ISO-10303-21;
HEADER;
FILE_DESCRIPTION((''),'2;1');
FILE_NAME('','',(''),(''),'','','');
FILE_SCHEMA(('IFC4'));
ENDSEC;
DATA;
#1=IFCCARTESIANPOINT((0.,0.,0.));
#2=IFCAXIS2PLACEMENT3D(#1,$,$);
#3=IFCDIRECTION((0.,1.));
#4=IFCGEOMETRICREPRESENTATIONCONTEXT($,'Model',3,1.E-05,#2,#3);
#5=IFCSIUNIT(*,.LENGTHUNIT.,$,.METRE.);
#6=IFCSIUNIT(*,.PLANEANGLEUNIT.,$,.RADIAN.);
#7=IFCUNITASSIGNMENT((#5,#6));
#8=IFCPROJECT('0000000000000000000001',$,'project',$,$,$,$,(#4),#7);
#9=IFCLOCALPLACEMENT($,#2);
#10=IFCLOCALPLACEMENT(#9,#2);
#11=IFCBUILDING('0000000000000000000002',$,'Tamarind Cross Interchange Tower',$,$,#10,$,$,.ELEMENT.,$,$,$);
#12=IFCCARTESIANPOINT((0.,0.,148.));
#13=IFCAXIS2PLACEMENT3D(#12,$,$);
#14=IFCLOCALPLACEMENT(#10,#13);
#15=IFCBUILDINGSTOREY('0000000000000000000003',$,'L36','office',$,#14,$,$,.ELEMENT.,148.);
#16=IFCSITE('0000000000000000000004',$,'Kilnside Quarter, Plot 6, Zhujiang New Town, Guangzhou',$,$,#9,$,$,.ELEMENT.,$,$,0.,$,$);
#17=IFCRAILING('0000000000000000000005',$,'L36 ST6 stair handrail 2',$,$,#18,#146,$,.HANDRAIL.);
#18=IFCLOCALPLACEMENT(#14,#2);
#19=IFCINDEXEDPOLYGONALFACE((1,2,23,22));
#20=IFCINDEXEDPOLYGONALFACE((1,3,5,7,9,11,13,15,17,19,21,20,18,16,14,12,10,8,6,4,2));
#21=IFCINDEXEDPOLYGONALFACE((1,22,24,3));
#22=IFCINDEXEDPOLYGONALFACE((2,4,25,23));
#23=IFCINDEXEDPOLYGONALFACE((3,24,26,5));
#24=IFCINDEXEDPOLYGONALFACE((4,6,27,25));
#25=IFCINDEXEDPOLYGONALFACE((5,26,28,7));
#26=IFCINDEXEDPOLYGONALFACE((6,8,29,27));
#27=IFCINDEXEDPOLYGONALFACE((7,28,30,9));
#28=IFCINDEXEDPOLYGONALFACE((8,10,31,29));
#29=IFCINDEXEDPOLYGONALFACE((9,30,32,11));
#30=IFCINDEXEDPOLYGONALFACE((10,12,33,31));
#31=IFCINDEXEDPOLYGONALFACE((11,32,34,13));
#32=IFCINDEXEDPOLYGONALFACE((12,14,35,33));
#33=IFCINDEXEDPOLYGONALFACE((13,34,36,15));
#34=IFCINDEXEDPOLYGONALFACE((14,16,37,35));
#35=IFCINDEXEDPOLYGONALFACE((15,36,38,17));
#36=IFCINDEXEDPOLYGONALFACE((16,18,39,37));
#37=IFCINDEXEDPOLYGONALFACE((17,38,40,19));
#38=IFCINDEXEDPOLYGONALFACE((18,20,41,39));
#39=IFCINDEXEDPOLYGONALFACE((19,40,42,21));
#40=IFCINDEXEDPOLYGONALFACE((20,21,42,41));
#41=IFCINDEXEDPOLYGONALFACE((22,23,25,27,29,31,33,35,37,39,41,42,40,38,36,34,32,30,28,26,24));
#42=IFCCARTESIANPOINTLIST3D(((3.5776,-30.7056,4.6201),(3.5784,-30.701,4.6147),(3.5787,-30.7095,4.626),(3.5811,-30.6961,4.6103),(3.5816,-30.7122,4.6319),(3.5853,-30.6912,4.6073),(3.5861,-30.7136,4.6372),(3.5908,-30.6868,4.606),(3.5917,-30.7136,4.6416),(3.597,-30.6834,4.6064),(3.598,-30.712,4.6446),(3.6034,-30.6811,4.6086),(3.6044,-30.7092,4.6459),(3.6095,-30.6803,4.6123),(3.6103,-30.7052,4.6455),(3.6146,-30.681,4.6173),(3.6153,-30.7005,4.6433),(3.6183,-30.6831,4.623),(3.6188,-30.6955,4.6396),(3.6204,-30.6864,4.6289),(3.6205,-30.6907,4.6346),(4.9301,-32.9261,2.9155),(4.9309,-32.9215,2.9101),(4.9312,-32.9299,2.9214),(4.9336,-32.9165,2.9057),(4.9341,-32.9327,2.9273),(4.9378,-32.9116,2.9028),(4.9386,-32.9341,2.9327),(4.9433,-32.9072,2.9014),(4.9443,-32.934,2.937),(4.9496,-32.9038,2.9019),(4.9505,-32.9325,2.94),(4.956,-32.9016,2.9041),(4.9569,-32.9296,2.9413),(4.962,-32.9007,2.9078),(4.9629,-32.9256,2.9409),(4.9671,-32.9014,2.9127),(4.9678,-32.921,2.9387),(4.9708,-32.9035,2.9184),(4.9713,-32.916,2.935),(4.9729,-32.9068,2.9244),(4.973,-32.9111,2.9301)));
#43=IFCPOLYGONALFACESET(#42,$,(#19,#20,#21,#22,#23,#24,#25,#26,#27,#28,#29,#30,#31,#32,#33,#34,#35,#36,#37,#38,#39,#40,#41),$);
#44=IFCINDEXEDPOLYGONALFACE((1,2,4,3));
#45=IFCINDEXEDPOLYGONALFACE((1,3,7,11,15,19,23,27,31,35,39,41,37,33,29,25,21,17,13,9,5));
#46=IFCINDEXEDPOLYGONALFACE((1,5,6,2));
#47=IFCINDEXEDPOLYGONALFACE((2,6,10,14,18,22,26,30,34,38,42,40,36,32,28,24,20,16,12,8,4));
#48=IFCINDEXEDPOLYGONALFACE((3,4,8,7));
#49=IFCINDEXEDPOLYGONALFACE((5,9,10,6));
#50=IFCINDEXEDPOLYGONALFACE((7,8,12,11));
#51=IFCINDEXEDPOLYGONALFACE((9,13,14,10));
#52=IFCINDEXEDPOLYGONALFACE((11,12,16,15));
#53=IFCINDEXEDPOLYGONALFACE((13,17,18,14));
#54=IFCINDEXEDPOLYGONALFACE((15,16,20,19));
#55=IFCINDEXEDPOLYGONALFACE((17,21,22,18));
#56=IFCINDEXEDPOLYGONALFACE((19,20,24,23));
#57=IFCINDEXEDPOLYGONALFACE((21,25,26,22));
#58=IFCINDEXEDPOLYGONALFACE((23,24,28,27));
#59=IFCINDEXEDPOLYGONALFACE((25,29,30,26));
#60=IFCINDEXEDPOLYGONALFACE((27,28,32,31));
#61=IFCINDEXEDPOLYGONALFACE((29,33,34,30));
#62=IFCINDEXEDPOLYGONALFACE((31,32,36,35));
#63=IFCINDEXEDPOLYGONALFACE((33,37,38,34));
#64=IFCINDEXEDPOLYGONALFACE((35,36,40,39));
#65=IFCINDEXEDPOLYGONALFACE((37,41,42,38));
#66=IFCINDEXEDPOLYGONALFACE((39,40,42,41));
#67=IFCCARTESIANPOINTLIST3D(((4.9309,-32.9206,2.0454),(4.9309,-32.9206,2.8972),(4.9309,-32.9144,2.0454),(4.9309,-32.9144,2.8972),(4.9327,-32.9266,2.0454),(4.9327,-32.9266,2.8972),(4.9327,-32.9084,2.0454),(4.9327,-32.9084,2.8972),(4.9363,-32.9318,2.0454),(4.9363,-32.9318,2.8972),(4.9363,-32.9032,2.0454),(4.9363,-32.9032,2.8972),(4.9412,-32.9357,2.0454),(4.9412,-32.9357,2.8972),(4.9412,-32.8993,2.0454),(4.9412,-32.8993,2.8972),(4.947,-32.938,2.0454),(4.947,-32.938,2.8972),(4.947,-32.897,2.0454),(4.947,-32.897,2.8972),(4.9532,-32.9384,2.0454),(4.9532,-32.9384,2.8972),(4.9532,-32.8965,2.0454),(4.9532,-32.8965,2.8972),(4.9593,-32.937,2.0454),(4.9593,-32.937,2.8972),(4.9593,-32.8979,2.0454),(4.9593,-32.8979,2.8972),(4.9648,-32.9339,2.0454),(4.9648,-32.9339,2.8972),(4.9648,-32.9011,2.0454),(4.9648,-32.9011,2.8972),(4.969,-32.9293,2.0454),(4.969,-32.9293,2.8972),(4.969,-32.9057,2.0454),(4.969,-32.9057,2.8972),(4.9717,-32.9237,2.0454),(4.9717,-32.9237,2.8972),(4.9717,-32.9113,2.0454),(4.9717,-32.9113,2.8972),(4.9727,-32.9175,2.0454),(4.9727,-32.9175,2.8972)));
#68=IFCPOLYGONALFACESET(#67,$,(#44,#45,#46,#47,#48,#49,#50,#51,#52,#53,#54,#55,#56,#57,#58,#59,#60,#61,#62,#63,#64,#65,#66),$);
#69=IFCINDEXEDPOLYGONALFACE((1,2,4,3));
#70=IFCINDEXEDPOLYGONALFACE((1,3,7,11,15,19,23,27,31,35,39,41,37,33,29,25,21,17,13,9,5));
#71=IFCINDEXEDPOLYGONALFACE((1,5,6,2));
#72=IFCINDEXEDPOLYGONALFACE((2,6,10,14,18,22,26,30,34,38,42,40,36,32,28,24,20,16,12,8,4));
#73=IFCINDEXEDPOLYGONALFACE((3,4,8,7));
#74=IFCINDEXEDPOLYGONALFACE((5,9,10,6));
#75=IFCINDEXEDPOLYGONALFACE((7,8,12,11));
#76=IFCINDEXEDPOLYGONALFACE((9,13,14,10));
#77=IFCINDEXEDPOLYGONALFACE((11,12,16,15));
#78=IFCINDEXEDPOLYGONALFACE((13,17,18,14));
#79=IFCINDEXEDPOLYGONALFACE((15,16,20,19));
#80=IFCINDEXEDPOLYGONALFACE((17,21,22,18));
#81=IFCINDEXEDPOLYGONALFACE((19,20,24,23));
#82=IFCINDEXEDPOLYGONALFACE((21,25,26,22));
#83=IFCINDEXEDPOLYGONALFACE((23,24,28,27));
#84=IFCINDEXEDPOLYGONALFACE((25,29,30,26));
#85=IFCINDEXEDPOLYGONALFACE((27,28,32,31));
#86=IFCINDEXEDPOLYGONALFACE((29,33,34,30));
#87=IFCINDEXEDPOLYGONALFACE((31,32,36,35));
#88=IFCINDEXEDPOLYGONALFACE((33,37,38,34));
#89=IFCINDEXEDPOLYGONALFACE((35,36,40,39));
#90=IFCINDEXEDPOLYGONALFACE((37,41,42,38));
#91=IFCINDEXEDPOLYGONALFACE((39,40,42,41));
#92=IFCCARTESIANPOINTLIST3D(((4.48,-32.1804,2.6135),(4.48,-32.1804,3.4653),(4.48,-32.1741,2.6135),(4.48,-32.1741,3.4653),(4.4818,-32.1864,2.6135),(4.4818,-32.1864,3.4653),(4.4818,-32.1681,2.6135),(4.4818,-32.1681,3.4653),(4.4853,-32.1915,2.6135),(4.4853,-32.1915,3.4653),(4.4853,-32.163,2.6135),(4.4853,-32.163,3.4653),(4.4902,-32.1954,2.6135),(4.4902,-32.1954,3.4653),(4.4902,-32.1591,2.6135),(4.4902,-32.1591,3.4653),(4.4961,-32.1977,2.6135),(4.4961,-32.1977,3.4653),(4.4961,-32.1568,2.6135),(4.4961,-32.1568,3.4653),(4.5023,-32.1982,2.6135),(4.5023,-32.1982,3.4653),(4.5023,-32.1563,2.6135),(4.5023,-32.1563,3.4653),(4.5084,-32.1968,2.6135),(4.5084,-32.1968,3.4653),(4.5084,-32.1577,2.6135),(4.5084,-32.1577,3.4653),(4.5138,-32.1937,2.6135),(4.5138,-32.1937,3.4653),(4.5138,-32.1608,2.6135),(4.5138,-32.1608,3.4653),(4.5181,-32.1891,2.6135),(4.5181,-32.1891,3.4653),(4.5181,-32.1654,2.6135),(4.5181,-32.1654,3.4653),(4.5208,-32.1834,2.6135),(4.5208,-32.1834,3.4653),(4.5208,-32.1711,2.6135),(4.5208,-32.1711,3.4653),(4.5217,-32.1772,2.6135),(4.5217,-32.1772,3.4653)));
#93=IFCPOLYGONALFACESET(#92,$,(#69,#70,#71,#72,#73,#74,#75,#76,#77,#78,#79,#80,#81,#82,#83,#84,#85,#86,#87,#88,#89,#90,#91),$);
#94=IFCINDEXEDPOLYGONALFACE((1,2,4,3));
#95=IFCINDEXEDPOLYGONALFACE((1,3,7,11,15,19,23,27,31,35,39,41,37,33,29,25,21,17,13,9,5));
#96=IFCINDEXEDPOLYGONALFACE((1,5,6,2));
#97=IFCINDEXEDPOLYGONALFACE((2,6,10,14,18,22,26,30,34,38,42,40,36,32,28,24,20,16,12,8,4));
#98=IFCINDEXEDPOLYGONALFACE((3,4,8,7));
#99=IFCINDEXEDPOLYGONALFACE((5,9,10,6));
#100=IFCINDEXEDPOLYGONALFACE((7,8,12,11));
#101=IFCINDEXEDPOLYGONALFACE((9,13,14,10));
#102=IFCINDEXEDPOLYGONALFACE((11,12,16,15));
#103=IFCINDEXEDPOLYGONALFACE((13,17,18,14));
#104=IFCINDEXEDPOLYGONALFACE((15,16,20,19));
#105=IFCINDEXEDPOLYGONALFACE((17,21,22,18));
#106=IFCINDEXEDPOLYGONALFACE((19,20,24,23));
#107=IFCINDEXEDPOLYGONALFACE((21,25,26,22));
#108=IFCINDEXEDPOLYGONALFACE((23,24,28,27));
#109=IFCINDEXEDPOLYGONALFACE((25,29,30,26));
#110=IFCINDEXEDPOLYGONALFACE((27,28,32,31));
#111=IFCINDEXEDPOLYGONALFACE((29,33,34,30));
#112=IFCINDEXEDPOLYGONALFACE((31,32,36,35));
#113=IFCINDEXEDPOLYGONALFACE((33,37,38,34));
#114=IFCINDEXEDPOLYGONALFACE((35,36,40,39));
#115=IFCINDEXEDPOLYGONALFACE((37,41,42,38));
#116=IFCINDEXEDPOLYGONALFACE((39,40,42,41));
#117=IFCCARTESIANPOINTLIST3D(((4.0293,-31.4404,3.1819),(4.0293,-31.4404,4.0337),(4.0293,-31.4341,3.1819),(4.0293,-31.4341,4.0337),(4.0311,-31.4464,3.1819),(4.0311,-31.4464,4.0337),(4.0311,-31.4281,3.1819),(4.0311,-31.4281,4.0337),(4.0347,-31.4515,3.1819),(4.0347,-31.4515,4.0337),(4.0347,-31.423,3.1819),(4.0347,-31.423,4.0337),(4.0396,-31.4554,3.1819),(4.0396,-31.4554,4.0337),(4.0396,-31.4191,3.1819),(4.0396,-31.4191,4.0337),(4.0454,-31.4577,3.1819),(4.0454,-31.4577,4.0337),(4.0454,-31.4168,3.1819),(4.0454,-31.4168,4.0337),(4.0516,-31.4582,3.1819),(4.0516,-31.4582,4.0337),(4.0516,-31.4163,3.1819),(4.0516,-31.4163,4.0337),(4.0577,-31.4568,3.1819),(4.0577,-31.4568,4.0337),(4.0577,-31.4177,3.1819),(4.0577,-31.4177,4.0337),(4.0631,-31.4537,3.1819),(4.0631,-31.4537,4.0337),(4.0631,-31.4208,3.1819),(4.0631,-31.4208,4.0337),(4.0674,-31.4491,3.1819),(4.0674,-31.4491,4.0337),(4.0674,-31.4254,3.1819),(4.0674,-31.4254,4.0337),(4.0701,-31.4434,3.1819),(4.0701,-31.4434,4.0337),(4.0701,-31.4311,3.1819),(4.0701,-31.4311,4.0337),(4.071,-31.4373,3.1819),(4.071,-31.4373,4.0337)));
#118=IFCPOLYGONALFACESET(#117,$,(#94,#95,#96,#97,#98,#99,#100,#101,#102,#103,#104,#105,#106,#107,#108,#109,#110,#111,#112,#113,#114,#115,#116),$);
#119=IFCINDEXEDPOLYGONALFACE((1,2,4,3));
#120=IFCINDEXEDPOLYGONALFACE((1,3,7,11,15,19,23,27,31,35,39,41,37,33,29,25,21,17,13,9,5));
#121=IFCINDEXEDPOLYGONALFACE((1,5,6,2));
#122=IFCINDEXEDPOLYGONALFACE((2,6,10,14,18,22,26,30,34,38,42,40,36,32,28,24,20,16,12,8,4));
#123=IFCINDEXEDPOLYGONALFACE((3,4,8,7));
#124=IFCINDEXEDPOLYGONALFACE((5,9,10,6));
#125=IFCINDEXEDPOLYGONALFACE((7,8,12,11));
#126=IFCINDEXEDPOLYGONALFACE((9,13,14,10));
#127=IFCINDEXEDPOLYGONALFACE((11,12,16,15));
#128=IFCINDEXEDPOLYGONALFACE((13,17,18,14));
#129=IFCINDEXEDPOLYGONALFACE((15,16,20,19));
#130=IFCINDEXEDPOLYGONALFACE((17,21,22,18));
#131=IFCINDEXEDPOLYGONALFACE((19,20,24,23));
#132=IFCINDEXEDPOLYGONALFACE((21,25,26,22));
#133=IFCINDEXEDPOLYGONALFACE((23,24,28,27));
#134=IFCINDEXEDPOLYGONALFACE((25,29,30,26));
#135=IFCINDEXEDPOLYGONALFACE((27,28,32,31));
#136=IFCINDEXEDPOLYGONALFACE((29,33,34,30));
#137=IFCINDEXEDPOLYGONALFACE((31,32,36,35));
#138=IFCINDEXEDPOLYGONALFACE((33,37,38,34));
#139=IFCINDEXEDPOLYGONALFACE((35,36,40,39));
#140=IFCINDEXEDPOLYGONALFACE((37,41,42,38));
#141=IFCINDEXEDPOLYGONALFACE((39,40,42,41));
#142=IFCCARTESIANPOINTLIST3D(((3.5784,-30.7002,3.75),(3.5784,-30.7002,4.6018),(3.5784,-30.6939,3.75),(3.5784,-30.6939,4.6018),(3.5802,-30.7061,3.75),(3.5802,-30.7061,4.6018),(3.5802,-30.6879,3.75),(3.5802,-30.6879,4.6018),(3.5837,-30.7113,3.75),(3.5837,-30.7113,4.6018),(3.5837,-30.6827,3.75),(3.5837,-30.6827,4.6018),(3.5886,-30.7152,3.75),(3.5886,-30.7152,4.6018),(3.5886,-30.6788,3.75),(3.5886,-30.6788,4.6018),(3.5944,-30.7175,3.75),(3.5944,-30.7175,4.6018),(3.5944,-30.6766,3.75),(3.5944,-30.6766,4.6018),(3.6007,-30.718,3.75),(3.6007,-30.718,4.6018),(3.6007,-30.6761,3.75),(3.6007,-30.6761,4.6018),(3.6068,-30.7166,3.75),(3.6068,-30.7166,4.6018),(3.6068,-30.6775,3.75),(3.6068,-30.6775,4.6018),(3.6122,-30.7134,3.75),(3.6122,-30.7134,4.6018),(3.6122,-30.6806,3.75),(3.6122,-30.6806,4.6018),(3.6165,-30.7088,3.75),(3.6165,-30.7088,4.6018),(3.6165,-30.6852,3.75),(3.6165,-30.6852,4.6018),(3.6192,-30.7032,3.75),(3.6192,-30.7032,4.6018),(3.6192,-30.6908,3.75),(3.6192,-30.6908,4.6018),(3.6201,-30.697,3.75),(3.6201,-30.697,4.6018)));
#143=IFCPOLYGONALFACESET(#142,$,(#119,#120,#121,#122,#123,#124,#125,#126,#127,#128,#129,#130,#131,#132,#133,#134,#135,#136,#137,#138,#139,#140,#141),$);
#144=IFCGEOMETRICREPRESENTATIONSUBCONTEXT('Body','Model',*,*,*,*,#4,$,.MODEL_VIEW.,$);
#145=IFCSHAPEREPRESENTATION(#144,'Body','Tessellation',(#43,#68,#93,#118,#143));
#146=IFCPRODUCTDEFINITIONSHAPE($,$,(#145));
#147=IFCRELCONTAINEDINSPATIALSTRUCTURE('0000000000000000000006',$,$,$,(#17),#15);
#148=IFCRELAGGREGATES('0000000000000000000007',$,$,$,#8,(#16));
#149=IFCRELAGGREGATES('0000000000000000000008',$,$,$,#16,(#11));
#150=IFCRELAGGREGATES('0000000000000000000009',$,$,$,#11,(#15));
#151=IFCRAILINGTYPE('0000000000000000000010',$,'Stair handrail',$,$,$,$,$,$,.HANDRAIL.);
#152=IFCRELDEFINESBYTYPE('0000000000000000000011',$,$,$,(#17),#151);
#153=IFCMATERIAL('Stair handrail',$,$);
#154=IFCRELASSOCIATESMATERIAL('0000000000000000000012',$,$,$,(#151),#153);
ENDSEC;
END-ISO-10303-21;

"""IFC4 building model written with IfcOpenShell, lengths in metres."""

from ifc_helpers import new_model, si_unit, direction, frame, origin, origin_2d, place, context, subcontext, project, spatial, circle, extrude, material, type_object, element, save


model = new_model("IFC4")

# Units and contexts
model_context = context("Model", 3, precision=1e-05, world=origin(), true_north=direction((0.0, 1.0)))
body_context = subcontext(model_context, "Body", "Model", "MODEL_VIEW")
ifc_project = project(units=[si_unit("LENGTHUNIT", "METRE"), si_unit("PLANEANGLEUNIT", "RADIAN")], contexts=[model_context])

# Site, building, storey
site_placement = place(None, origin())
site = spatial("IfcSite", under=ifc_project, at=site_placement, Name="Kilnside Quarter, Plot 6, Zhujiang New Town, Guangzhou", CompositionType="ELEMENT", RefElevation=0.0)
building_placement = place(site_placement, origin())
building = spatial("IfcBuilding", under=site, at=building_placement, Name="Tamarind Cross Interchange Tower", CompositionType="ELEMENT")
storey_placement = place(building_placement, frame((0.0, 0.0, 148.0)))
storey = spatial("IfcBuildingStorey", under=building, at=storey_placement, Name="L36", Description="office", CompositionType="ELEMENT", Elevation=148.0)

# Railing
ifc_material_1 = material(Name="Stair handrail")
railing_type_1 = type_object("IfcRailingType", Name="Stair handrail", PredefinedType="HANDRAIL", material=ifc_material_1)
railing_1_placement = place(storey_placement, frame((4.9517, -32.9175, 2.0454)))
element("IfcRailing", 1, at=railing_1_placement, inside=storey, type_object=railing_type_1, Name="L36 ST6 stair handrail 2", PredefinedType="HANDRAIL", context=body_context, shape_type="SweptSolid", body=[
    extrude(circle(Radius=0.0239, at=origin_2d()), frame((0.0, 0.0, 0.876), z_axis=(-0.43505, 0.71422, 0.548289), x_axis=(-0.854035, -0.520215, 0.0)), (0.0, 0.0, 1.0), 3.1089),
    extrude(circle(Radius=0.021, at=origin_2d()), origin(), (0.0, 0.0, 1.0), 0.8518),
    extrude(circle(Radius=0.021, at=origin_2d()), frame((-0.4509, 0.7402, 0.5681)), (0.0, 0.0, 1.0), 0.8518),
    extrude(circle(Radius=0.021, at=origin_2d()), frame((-0.9016, 1.4802, 1.1365)), (0.0, 0.0, 1.0), 0.8518),
    extrude(circle(Radius=0.021, at=origin_2d()), frame((-1.3525, 2.2205, 1.7046)), (0.0, 0.0, 1.0), 0.8518),
])

save(model, "model.ifc")
